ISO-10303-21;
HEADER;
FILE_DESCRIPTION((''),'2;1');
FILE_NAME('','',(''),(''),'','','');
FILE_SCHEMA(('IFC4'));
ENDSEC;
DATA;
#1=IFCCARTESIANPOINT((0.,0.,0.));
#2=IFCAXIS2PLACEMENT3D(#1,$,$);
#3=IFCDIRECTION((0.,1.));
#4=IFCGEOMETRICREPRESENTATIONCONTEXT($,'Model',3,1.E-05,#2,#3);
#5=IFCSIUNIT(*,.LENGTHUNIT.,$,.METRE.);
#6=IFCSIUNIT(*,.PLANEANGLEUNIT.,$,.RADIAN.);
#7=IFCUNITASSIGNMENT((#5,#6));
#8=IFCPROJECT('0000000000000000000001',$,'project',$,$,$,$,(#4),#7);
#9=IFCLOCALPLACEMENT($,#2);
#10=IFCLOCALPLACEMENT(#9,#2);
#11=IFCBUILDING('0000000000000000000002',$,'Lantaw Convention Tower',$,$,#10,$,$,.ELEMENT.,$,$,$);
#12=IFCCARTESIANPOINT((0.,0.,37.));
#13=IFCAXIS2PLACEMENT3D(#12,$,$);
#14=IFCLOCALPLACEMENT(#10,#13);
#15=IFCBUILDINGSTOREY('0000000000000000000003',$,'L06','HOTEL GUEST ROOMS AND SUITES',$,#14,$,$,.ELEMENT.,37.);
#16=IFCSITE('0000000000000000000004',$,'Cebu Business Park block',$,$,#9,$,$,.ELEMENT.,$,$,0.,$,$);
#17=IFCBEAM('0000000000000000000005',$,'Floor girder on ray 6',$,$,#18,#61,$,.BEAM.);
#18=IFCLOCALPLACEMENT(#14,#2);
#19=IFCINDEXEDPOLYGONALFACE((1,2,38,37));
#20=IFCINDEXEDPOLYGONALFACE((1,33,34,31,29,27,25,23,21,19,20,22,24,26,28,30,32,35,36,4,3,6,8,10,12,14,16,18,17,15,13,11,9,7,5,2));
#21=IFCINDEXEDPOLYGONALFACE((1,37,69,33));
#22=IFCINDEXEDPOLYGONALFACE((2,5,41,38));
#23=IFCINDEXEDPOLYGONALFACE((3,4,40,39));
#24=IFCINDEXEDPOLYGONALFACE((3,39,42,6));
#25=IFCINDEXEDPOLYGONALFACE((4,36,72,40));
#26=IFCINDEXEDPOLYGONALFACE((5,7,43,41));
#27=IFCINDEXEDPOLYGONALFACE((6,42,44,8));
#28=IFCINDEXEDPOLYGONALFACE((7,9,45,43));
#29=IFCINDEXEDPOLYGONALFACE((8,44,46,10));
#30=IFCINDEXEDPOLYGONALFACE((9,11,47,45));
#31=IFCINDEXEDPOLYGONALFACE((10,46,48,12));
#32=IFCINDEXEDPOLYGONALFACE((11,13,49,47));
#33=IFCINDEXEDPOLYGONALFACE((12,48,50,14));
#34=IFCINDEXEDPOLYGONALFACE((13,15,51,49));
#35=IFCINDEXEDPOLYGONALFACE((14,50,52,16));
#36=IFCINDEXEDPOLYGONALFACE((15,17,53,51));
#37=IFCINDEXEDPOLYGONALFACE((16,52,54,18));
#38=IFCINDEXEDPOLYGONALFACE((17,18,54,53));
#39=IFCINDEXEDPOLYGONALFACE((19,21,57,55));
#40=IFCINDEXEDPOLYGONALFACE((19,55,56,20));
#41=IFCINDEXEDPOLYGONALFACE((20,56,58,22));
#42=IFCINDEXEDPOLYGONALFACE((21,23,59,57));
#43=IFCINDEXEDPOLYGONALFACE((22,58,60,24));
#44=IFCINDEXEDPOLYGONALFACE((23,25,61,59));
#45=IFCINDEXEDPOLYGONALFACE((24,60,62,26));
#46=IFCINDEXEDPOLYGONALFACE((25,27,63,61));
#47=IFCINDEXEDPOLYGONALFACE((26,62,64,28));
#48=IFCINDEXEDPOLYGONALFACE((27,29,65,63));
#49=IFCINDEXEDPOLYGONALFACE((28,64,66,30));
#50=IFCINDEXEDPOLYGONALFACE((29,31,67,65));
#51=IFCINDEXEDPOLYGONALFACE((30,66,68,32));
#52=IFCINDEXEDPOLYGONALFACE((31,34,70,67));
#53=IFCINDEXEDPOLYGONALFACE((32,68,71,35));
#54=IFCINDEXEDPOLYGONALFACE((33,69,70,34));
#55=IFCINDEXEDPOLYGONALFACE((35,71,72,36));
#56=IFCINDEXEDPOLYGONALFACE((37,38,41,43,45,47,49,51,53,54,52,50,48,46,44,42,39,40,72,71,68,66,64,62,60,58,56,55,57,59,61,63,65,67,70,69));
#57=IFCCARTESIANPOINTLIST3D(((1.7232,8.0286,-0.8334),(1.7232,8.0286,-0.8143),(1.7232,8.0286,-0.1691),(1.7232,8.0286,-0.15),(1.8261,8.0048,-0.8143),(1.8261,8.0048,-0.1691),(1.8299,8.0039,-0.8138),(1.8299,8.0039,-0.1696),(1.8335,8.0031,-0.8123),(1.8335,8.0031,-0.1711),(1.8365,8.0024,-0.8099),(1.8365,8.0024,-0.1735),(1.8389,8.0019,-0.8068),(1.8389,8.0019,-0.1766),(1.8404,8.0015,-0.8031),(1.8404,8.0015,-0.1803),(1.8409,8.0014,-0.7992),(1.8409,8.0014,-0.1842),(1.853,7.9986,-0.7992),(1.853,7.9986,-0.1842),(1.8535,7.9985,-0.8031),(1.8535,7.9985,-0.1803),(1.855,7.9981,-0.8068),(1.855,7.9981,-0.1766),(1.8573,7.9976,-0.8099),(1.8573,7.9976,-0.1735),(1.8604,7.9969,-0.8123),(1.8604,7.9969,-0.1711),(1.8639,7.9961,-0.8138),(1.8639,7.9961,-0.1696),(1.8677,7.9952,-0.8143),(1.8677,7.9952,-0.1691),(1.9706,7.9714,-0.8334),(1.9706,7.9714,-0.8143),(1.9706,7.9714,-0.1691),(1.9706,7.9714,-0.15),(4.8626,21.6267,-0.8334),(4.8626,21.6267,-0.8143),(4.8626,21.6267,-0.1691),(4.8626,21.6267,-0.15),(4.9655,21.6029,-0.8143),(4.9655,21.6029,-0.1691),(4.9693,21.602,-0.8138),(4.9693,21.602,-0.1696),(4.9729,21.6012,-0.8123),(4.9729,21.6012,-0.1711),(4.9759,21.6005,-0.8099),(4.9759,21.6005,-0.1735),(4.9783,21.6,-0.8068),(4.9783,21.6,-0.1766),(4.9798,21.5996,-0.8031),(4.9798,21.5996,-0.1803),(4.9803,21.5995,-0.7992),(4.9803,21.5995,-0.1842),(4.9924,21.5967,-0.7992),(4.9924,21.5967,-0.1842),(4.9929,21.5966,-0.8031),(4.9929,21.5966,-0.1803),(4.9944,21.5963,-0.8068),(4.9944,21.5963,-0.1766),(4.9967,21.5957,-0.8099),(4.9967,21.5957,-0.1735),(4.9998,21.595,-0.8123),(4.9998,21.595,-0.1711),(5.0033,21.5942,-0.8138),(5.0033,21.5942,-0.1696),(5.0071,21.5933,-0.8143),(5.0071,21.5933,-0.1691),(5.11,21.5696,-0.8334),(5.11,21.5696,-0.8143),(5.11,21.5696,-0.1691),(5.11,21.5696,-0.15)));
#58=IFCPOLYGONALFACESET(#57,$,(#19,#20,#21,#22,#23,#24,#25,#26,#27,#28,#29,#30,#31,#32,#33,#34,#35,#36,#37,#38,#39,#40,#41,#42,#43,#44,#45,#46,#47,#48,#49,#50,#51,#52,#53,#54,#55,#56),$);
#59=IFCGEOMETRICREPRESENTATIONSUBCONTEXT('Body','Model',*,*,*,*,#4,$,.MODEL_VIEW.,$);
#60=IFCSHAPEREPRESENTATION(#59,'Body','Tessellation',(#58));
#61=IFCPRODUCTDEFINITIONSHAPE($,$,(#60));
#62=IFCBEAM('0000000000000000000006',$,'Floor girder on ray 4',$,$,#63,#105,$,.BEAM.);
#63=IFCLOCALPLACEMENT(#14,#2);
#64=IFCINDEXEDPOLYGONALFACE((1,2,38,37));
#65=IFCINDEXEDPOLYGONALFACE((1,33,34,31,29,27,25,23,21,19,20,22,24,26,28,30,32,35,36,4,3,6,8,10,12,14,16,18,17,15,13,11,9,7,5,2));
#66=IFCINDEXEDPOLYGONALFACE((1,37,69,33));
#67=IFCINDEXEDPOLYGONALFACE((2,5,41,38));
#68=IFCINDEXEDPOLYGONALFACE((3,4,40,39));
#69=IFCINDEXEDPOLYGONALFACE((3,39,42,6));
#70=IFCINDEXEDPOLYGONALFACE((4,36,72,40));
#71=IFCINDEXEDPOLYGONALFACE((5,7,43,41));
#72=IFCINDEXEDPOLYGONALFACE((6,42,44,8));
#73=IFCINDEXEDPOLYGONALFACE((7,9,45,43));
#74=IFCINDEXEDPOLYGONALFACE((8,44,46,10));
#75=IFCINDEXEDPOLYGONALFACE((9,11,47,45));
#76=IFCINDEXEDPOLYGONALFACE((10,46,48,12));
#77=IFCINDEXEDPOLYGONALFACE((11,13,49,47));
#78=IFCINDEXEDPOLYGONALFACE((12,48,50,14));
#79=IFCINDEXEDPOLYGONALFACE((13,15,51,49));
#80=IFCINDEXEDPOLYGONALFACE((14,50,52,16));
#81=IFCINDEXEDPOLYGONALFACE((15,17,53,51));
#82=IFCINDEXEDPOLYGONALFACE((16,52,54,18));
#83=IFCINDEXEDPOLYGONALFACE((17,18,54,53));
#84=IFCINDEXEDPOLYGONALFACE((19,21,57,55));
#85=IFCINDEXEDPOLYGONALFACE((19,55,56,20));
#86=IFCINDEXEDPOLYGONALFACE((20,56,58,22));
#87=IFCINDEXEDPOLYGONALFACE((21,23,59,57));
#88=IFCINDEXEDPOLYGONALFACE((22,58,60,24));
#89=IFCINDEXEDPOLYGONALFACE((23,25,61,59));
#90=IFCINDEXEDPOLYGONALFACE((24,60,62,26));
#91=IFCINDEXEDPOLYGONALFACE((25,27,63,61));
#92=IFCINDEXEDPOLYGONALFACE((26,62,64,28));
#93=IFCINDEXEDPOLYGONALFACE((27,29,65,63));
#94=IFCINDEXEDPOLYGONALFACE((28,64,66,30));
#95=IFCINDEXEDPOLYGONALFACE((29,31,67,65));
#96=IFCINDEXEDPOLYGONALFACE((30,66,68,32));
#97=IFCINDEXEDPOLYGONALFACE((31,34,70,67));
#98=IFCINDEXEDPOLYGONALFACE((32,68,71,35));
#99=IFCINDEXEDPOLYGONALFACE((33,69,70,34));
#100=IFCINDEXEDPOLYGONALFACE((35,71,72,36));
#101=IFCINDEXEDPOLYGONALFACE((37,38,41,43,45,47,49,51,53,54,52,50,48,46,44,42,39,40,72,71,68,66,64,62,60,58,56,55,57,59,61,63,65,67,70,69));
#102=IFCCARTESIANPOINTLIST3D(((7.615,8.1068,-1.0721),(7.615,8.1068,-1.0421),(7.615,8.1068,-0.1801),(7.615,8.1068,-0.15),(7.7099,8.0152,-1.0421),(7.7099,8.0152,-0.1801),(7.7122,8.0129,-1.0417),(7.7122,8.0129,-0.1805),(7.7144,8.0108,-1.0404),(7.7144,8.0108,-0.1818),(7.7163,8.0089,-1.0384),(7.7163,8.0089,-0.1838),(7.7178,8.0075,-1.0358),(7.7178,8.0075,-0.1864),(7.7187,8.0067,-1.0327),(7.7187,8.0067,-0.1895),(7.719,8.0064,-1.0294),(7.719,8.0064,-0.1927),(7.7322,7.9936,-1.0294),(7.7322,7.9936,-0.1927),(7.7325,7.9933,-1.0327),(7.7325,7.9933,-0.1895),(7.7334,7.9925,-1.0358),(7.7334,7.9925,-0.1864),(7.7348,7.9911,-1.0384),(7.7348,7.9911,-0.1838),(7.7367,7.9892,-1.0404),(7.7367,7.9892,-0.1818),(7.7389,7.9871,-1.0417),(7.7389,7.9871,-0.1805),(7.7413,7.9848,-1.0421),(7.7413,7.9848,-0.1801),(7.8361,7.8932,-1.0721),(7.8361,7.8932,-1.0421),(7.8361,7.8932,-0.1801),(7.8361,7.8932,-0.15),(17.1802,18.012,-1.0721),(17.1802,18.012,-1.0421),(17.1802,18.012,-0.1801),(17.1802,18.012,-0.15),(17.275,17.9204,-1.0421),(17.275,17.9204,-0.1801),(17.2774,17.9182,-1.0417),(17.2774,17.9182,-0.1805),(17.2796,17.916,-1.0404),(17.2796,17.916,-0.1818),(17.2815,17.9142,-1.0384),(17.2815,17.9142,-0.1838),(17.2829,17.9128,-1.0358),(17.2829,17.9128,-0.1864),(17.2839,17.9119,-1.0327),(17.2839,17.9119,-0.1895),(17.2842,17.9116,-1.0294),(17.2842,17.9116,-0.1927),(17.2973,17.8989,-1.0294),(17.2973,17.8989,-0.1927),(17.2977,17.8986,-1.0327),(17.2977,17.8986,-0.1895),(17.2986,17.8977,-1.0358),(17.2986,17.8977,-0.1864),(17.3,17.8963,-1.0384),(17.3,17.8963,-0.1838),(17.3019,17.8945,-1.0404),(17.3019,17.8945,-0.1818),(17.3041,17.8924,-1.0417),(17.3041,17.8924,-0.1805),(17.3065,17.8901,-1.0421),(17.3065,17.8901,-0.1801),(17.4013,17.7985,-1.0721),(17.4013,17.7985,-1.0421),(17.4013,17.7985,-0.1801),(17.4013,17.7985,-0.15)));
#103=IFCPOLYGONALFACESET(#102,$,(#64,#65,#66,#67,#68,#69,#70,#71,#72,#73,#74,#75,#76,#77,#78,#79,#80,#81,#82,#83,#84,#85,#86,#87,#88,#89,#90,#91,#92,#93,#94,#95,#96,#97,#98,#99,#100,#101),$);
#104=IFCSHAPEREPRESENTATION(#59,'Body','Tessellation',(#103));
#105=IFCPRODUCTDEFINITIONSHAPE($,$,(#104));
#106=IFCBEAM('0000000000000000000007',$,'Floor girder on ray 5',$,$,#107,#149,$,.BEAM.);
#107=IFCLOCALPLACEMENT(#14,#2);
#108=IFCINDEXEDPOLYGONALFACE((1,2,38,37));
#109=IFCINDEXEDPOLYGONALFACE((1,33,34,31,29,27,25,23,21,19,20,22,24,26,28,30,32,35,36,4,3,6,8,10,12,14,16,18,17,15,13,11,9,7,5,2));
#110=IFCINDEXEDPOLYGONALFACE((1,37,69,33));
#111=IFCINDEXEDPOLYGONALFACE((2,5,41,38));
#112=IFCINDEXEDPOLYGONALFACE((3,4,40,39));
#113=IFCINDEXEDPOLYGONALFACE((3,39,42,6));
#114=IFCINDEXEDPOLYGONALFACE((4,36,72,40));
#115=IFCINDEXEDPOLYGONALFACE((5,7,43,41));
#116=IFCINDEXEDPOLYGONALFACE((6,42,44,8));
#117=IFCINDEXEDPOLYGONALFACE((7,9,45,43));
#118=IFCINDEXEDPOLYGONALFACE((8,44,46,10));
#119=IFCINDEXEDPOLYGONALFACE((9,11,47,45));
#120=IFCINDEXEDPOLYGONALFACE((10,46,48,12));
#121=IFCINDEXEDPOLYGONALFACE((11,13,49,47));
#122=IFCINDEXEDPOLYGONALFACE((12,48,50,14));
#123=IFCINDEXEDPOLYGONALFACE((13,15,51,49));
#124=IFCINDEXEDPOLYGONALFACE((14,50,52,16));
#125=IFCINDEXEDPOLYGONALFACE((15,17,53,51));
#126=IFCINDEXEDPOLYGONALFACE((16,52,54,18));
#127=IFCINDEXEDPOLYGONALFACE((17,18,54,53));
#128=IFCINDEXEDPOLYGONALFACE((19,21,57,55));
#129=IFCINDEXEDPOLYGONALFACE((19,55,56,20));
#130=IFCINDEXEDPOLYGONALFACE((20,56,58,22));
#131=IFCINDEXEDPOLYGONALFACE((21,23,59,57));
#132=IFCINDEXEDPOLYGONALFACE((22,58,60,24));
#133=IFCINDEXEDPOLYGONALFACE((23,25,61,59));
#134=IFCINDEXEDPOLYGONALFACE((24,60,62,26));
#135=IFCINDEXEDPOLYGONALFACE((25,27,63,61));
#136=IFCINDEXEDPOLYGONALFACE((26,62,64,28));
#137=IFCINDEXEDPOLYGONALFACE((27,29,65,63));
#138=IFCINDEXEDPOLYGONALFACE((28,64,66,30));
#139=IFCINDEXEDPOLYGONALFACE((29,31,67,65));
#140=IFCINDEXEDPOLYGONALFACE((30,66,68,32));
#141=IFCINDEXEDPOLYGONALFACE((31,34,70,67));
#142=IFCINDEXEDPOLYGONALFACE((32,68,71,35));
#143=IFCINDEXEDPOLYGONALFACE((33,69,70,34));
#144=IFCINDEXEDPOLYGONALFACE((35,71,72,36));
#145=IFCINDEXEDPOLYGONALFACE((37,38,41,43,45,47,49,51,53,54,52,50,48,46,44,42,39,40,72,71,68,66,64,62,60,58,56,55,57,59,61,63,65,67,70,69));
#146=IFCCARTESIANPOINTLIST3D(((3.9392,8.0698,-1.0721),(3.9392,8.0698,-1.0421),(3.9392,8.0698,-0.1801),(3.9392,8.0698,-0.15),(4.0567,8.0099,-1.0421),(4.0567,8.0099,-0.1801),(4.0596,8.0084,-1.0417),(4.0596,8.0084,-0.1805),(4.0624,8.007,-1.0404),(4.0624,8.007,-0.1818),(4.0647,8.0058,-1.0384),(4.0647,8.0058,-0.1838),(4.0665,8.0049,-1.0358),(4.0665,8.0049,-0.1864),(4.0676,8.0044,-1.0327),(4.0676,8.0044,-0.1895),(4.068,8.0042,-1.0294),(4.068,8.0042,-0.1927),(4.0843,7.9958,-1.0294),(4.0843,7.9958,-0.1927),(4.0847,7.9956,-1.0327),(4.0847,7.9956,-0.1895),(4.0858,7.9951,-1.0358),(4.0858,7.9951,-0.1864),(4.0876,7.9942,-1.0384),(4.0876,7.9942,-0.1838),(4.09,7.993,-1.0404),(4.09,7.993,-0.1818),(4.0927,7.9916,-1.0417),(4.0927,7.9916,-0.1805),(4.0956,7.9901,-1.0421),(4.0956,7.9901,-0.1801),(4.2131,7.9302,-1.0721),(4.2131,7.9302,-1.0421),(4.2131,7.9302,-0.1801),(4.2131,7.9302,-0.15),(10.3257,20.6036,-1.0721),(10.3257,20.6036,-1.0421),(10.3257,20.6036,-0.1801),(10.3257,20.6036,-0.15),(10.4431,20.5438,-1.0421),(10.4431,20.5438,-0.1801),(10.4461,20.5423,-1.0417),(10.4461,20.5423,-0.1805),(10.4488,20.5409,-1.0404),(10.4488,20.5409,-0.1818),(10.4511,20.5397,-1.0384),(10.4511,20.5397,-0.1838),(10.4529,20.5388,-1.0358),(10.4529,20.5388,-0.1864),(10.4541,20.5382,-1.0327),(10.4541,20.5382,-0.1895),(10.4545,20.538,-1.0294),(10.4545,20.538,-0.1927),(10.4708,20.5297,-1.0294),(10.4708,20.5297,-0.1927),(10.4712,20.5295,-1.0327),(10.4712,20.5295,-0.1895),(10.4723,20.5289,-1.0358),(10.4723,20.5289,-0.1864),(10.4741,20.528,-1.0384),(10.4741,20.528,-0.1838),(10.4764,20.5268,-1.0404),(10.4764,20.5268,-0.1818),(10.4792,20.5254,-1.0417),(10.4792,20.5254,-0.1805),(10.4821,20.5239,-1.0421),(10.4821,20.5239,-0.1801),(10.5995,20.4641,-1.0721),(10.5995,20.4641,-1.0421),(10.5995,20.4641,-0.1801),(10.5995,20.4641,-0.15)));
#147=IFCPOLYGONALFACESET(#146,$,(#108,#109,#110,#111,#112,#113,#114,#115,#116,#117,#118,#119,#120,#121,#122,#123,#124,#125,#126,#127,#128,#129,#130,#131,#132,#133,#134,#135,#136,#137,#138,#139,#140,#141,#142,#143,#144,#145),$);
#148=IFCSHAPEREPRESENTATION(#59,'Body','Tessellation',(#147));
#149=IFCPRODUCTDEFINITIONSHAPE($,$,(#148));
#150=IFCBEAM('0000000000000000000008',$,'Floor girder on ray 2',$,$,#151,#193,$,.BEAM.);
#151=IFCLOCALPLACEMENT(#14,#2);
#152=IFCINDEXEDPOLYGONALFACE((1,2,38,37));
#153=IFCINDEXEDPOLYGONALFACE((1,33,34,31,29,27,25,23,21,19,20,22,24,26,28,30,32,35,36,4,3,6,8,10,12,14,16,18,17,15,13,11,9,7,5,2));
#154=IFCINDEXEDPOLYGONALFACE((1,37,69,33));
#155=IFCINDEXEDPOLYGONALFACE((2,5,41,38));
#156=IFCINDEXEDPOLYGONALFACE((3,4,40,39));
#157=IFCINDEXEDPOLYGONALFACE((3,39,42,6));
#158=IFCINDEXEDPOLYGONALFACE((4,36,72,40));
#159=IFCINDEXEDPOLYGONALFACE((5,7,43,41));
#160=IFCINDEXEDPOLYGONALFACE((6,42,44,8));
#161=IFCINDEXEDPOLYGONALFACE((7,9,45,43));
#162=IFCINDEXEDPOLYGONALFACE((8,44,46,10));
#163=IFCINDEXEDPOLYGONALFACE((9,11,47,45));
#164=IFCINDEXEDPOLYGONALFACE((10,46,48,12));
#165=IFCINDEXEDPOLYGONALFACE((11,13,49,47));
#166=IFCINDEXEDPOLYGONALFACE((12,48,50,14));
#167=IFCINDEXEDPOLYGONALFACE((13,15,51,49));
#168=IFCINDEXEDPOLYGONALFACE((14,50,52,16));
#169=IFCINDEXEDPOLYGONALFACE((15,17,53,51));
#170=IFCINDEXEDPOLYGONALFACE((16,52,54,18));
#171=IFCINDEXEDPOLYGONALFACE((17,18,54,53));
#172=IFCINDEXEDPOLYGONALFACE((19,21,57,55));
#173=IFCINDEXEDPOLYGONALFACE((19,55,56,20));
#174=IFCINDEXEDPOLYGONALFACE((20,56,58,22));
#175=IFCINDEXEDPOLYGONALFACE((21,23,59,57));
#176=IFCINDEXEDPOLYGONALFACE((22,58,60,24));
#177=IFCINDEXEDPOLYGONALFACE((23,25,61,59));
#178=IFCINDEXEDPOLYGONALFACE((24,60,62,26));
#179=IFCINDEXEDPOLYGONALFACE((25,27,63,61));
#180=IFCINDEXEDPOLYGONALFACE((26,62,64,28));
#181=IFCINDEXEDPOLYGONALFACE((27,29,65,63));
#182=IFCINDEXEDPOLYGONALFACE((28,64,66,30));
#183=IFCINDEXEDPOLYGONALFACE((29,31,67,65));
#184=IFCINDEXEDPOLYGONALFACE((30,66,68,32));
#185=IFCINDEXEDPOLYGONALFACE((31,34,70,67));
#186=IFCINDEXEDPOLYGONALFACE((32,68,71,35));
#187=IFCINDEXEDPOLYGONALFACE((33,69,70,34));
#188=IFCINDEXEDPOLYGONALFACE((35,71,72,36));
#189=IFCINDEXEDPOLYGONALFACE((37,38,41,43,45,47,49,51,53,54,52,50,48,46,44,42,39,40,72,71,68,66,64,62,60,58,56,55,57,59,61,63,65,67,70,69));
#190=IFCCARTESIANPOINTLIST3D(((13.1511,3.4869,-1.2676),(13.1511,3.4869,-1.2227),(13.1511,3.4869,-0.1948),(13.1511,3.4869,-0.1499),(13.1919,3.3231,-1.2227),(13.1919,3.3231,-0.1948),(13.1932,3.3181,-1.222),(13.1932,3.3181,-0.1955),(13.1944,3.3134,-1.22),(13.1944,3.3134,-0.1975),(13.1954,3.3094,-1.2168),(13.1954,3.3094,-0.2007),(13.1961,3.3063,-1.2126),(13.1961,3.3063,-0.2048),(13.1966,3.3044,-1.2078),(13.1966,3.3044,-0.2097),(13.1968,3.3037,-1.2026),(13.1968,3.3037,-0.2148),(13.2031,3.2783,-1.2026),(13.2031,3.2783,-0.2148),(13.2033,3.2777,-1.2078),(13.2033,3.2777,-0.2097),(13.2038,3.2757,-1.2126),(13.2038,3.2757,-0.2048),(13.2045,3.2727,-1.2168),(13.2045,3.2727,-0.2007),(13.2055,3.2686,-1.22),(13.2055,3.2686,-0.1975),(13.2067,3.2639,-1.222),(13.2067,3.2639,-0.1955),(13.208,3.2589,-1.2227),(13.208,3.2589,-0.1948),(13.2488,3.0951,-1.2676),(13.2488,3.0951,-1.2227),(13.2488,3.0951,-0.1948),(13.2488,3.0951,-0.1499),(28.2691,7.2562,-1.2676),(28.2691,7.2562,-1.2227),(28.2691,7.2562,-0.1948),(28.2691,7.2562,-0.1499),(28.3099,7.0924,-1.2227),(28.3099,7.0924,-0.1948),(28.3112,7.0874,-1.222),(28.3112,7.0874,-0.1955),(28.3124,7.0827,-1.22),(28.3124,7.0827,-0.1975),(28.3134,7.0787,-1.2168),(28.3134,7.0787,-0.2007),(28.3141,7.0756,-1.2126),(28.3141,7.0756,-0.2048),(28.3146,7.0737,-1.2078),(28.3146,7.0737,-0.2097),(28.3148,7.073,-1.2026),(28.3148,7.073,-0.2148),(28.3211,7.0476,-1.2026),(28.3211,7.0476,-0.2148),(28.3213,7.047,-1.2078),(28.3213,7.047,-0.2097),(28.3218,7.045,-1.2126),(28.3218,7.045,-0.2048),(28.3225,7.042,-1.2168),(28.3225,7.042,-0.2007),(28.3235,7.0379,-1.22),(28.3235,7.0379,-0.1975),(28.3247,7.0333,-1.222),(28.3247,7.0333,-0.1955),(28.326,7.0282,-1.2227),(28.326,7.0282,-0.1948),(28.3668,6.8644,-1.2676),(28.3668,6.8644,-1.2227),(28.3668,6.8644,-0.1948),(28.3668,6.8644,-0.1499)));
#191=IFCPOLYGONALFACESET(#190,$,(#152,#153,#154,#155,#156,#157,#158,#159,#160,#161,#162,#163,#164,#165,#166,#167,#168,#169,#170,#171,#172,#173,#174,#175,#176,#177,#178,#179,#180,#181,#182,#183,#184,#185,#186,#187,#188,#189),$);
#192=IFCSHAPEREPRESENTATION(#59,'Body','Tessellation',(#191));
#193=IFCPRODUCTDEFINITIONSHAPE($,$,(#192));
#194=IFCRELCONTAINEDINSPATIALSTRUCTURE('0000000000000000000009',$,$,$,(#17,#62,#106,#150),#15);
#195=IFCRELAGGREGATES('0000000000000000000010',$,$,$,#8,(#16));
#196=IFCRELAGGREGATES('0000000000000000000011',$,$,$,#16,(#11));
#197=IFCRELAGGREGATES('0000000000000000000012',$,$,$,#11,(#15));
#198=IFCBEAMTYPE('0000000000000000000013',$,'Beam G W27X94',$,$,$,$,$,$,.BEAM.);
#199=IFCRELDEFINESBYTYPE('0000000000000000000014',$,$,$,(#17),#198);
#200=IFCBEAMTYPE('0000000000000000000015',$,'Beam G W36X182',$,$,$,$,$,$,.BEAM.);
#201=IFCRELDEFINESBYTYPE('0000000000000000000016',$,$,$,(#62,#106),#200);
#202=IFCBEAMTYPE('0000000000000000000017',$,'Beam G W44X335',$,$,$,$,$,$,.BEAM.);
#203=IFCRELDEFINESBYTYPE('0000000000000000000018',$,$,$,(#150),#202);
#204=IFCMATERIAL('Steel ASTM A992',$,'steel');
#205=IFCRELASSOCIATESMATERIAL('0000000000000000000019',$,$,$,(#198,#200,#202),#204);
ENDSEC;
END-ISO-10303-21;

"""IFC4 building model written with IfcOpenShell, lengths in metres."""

from ifc_helpers import new_model, si_unit, direction, frame, origin, origin_2d, place, context, subcontext, project, spatial, i_section, extrude, material, material_profile, profile_set, type_object, element, save


model = new_model("IFC4")

# Units and contexts
model_context = context("Model", 3, precision=1e-05, world=origin(), true_north=direction((0.0, 1.0)))
body_context = subcontext(model_context, "Body", "Model", "MODEL_VIEW")
ifc_project = project(units=[si_unit("LENGTHUNIT", "METRE"), si_unit("PLANEANGLEUNIT", "RADIAN")], contexts=[model_context])

# Site, building, storey
site_placement = place(None, origin())
site = spatial("IfcSite", under=ifc_project, at=site_placement, Name="Cebu Business Park block", CompositionType="ELEMENT", RefElevation=0.0)
building_placement = place(site_placement, origin())
building = spatial("IfcBuilding", under=site, at=building_placement, Name="Lantaw Convention Tower", CompositionType="ELEMENT")
storey_placement = place(building_placement, frame((0.0, 0.0, 37.0)))
storey = spatial("IfcBuildingStorey", under=building, at=storey_placement, Name="L06", Description="HOTEL GUEST ROOMS AND SUITES", CompositionType="ELEMENT", Elevation=37.0)

# Beams
ifc_material_1 = material(Name="Steel ASTM A992", Category="steel")
ifc_material_profile_1 = material_profile(ifc_material_1, i_section(OverallWidth=0.2539, OverallDepth=0.6833, WebThickness=0.0125, FlangeThickness=0.019, FilletRadius=0.0151, at=origin_2d()), Name="W27X94")
ifc_profile_set_1 = profile_set([ifc_material_profile_1], Name="Steel ASTM A992")
beam_type_1 = type_object("IfcBeamType", Name="Beam G W27X94", PredefinedType="BEAM", material=ifc_profile_set_1)
beam_1_placement = place(storey_placement, frame((1.8469, 8.0, -0.4917), z_axis=(0.224953, 0.97437, 0.0), x_axis=(-0.97437, 0.224953, 0.0)))
element("IfcBeam", 1, at=beam_1_placement, inside=storey, type_object=beam_type_1, Name="Floor girder on ray 6", PredefinedType="BEAM", context=body_context, shape_type="SweptSolid", body=[
    extrude(i_section(OverallWidth=0.2539, OverallDepth=0.6833, WebThickness=0.0125, FlangeThickness=0.019, FilletRadius=0.0151, at=origin_2d()), origin(), (0.0, 0.0, 1.0), 13.9558),
])
ifc_material_profile_2 = material_profile(ifc_material_1, i_section(OverallWidth=0.3074, OverallDepth=0.9221, WebThickness=0.0183, FlangeThickness=0.03, FilletRadius=0.0127, at=origin_2d()), Name="W36X182")
ifc_profile_set_2 = profile_set([ifc_material_profile_2], Name="Steel ASTM A992")
beam_type_2 = type_object("IfcBeamType", Name="Beam G W36X182", PredefinedType="BEAM", material=ifc_profile_set_2)
beam_2_placement = place(storey_placement, frame((7.7256, 8.0, -0.6111), z_axis=(0.69465, 0.719348, 0.0), x_axis=(-0.719348, 0.69465, 0.0)))
element("IfcBeam", 2, at=beam_2_placement, inside=storey, type_object=beam_type_2, Name="Floor girder on ray 4", PredefinedType="BEAM", context=body_context, shape_type="SweptSolid", body=[
    extrude(i_section(OverallWidth=0.3074, OverallDepth=0.9221, WebThickness=0.0183, FlangeThickness=0.03, FilletRadius=0.0127, at=origin_2d()), origin(), (0.0, 0.0, 1.0), 13.7698),
])
beam_3_placement = place(storey_placement, frame((4.0762, 8.0, -0.6111), z_axis=(0.453997, 0.891003, 0.0), x_axis=(-0.891003, 0.453997, 0.0)))
element("IfcBeam", 3, at=beam_3_placement, inside=storey, type_object=beam_type_2, Name="Floor girder on ray 5", PredefinedType="BEAM", context=body_context, shape_type="SweptSolid", body=[
    extrude(i_section(OverallWidth=0.3074, OverallDepth=0.9221, WebThickness=0.0183, FlangeThickness=0.03, FilletRadius=0.0127, at=origin_2d()), origin(), (0.0, 0.0, 1.0), 14.0671),
])
ifc_material_profile_3 = material_profile(ifc_material_1, i_section(OverallWidth=0.4038, OverallDepth=1.1177, WebThickness=0.0261, FlangeThickness=0.0449, FilletRadius=0.02, at=origin_2d()), Name="W44X335")
ifc_profile_set_3 = profile_set([ifc_material_profile_3], Name="Steel ASTM A992")
beam_type_3 = type_object("IfcBeamType", Name="Beam G W44X335", PredefinedType="BEAM", material=ifc_profile_set_3)
beam_4_placement = place(storey_placement, frame((13.2, 3.291, -0.7087), z_axis=(0.970296, 0.24192, 0.0), x_axis=(-0.24192, 0.970296, 0.0)))
element("IfcBeam", 4, at=beam_4_placement, inside=storey, type_object=beam_type_3, Name="Floor girder on ray 2", PredefinedType="BEAM", context=body_context, shape_type="SweptSolid", body=[
    extrude(i_section(OverallWidth=0.4038, OverallDepth=1.1177, WebThickness=0.0261, FlangeThickness=0.0449, FilletRadius=0.02, at=origin_2d()), origin(), (0.0, 0.0, 1.0), 15.5808),
])

save(model, "model.ifc")
